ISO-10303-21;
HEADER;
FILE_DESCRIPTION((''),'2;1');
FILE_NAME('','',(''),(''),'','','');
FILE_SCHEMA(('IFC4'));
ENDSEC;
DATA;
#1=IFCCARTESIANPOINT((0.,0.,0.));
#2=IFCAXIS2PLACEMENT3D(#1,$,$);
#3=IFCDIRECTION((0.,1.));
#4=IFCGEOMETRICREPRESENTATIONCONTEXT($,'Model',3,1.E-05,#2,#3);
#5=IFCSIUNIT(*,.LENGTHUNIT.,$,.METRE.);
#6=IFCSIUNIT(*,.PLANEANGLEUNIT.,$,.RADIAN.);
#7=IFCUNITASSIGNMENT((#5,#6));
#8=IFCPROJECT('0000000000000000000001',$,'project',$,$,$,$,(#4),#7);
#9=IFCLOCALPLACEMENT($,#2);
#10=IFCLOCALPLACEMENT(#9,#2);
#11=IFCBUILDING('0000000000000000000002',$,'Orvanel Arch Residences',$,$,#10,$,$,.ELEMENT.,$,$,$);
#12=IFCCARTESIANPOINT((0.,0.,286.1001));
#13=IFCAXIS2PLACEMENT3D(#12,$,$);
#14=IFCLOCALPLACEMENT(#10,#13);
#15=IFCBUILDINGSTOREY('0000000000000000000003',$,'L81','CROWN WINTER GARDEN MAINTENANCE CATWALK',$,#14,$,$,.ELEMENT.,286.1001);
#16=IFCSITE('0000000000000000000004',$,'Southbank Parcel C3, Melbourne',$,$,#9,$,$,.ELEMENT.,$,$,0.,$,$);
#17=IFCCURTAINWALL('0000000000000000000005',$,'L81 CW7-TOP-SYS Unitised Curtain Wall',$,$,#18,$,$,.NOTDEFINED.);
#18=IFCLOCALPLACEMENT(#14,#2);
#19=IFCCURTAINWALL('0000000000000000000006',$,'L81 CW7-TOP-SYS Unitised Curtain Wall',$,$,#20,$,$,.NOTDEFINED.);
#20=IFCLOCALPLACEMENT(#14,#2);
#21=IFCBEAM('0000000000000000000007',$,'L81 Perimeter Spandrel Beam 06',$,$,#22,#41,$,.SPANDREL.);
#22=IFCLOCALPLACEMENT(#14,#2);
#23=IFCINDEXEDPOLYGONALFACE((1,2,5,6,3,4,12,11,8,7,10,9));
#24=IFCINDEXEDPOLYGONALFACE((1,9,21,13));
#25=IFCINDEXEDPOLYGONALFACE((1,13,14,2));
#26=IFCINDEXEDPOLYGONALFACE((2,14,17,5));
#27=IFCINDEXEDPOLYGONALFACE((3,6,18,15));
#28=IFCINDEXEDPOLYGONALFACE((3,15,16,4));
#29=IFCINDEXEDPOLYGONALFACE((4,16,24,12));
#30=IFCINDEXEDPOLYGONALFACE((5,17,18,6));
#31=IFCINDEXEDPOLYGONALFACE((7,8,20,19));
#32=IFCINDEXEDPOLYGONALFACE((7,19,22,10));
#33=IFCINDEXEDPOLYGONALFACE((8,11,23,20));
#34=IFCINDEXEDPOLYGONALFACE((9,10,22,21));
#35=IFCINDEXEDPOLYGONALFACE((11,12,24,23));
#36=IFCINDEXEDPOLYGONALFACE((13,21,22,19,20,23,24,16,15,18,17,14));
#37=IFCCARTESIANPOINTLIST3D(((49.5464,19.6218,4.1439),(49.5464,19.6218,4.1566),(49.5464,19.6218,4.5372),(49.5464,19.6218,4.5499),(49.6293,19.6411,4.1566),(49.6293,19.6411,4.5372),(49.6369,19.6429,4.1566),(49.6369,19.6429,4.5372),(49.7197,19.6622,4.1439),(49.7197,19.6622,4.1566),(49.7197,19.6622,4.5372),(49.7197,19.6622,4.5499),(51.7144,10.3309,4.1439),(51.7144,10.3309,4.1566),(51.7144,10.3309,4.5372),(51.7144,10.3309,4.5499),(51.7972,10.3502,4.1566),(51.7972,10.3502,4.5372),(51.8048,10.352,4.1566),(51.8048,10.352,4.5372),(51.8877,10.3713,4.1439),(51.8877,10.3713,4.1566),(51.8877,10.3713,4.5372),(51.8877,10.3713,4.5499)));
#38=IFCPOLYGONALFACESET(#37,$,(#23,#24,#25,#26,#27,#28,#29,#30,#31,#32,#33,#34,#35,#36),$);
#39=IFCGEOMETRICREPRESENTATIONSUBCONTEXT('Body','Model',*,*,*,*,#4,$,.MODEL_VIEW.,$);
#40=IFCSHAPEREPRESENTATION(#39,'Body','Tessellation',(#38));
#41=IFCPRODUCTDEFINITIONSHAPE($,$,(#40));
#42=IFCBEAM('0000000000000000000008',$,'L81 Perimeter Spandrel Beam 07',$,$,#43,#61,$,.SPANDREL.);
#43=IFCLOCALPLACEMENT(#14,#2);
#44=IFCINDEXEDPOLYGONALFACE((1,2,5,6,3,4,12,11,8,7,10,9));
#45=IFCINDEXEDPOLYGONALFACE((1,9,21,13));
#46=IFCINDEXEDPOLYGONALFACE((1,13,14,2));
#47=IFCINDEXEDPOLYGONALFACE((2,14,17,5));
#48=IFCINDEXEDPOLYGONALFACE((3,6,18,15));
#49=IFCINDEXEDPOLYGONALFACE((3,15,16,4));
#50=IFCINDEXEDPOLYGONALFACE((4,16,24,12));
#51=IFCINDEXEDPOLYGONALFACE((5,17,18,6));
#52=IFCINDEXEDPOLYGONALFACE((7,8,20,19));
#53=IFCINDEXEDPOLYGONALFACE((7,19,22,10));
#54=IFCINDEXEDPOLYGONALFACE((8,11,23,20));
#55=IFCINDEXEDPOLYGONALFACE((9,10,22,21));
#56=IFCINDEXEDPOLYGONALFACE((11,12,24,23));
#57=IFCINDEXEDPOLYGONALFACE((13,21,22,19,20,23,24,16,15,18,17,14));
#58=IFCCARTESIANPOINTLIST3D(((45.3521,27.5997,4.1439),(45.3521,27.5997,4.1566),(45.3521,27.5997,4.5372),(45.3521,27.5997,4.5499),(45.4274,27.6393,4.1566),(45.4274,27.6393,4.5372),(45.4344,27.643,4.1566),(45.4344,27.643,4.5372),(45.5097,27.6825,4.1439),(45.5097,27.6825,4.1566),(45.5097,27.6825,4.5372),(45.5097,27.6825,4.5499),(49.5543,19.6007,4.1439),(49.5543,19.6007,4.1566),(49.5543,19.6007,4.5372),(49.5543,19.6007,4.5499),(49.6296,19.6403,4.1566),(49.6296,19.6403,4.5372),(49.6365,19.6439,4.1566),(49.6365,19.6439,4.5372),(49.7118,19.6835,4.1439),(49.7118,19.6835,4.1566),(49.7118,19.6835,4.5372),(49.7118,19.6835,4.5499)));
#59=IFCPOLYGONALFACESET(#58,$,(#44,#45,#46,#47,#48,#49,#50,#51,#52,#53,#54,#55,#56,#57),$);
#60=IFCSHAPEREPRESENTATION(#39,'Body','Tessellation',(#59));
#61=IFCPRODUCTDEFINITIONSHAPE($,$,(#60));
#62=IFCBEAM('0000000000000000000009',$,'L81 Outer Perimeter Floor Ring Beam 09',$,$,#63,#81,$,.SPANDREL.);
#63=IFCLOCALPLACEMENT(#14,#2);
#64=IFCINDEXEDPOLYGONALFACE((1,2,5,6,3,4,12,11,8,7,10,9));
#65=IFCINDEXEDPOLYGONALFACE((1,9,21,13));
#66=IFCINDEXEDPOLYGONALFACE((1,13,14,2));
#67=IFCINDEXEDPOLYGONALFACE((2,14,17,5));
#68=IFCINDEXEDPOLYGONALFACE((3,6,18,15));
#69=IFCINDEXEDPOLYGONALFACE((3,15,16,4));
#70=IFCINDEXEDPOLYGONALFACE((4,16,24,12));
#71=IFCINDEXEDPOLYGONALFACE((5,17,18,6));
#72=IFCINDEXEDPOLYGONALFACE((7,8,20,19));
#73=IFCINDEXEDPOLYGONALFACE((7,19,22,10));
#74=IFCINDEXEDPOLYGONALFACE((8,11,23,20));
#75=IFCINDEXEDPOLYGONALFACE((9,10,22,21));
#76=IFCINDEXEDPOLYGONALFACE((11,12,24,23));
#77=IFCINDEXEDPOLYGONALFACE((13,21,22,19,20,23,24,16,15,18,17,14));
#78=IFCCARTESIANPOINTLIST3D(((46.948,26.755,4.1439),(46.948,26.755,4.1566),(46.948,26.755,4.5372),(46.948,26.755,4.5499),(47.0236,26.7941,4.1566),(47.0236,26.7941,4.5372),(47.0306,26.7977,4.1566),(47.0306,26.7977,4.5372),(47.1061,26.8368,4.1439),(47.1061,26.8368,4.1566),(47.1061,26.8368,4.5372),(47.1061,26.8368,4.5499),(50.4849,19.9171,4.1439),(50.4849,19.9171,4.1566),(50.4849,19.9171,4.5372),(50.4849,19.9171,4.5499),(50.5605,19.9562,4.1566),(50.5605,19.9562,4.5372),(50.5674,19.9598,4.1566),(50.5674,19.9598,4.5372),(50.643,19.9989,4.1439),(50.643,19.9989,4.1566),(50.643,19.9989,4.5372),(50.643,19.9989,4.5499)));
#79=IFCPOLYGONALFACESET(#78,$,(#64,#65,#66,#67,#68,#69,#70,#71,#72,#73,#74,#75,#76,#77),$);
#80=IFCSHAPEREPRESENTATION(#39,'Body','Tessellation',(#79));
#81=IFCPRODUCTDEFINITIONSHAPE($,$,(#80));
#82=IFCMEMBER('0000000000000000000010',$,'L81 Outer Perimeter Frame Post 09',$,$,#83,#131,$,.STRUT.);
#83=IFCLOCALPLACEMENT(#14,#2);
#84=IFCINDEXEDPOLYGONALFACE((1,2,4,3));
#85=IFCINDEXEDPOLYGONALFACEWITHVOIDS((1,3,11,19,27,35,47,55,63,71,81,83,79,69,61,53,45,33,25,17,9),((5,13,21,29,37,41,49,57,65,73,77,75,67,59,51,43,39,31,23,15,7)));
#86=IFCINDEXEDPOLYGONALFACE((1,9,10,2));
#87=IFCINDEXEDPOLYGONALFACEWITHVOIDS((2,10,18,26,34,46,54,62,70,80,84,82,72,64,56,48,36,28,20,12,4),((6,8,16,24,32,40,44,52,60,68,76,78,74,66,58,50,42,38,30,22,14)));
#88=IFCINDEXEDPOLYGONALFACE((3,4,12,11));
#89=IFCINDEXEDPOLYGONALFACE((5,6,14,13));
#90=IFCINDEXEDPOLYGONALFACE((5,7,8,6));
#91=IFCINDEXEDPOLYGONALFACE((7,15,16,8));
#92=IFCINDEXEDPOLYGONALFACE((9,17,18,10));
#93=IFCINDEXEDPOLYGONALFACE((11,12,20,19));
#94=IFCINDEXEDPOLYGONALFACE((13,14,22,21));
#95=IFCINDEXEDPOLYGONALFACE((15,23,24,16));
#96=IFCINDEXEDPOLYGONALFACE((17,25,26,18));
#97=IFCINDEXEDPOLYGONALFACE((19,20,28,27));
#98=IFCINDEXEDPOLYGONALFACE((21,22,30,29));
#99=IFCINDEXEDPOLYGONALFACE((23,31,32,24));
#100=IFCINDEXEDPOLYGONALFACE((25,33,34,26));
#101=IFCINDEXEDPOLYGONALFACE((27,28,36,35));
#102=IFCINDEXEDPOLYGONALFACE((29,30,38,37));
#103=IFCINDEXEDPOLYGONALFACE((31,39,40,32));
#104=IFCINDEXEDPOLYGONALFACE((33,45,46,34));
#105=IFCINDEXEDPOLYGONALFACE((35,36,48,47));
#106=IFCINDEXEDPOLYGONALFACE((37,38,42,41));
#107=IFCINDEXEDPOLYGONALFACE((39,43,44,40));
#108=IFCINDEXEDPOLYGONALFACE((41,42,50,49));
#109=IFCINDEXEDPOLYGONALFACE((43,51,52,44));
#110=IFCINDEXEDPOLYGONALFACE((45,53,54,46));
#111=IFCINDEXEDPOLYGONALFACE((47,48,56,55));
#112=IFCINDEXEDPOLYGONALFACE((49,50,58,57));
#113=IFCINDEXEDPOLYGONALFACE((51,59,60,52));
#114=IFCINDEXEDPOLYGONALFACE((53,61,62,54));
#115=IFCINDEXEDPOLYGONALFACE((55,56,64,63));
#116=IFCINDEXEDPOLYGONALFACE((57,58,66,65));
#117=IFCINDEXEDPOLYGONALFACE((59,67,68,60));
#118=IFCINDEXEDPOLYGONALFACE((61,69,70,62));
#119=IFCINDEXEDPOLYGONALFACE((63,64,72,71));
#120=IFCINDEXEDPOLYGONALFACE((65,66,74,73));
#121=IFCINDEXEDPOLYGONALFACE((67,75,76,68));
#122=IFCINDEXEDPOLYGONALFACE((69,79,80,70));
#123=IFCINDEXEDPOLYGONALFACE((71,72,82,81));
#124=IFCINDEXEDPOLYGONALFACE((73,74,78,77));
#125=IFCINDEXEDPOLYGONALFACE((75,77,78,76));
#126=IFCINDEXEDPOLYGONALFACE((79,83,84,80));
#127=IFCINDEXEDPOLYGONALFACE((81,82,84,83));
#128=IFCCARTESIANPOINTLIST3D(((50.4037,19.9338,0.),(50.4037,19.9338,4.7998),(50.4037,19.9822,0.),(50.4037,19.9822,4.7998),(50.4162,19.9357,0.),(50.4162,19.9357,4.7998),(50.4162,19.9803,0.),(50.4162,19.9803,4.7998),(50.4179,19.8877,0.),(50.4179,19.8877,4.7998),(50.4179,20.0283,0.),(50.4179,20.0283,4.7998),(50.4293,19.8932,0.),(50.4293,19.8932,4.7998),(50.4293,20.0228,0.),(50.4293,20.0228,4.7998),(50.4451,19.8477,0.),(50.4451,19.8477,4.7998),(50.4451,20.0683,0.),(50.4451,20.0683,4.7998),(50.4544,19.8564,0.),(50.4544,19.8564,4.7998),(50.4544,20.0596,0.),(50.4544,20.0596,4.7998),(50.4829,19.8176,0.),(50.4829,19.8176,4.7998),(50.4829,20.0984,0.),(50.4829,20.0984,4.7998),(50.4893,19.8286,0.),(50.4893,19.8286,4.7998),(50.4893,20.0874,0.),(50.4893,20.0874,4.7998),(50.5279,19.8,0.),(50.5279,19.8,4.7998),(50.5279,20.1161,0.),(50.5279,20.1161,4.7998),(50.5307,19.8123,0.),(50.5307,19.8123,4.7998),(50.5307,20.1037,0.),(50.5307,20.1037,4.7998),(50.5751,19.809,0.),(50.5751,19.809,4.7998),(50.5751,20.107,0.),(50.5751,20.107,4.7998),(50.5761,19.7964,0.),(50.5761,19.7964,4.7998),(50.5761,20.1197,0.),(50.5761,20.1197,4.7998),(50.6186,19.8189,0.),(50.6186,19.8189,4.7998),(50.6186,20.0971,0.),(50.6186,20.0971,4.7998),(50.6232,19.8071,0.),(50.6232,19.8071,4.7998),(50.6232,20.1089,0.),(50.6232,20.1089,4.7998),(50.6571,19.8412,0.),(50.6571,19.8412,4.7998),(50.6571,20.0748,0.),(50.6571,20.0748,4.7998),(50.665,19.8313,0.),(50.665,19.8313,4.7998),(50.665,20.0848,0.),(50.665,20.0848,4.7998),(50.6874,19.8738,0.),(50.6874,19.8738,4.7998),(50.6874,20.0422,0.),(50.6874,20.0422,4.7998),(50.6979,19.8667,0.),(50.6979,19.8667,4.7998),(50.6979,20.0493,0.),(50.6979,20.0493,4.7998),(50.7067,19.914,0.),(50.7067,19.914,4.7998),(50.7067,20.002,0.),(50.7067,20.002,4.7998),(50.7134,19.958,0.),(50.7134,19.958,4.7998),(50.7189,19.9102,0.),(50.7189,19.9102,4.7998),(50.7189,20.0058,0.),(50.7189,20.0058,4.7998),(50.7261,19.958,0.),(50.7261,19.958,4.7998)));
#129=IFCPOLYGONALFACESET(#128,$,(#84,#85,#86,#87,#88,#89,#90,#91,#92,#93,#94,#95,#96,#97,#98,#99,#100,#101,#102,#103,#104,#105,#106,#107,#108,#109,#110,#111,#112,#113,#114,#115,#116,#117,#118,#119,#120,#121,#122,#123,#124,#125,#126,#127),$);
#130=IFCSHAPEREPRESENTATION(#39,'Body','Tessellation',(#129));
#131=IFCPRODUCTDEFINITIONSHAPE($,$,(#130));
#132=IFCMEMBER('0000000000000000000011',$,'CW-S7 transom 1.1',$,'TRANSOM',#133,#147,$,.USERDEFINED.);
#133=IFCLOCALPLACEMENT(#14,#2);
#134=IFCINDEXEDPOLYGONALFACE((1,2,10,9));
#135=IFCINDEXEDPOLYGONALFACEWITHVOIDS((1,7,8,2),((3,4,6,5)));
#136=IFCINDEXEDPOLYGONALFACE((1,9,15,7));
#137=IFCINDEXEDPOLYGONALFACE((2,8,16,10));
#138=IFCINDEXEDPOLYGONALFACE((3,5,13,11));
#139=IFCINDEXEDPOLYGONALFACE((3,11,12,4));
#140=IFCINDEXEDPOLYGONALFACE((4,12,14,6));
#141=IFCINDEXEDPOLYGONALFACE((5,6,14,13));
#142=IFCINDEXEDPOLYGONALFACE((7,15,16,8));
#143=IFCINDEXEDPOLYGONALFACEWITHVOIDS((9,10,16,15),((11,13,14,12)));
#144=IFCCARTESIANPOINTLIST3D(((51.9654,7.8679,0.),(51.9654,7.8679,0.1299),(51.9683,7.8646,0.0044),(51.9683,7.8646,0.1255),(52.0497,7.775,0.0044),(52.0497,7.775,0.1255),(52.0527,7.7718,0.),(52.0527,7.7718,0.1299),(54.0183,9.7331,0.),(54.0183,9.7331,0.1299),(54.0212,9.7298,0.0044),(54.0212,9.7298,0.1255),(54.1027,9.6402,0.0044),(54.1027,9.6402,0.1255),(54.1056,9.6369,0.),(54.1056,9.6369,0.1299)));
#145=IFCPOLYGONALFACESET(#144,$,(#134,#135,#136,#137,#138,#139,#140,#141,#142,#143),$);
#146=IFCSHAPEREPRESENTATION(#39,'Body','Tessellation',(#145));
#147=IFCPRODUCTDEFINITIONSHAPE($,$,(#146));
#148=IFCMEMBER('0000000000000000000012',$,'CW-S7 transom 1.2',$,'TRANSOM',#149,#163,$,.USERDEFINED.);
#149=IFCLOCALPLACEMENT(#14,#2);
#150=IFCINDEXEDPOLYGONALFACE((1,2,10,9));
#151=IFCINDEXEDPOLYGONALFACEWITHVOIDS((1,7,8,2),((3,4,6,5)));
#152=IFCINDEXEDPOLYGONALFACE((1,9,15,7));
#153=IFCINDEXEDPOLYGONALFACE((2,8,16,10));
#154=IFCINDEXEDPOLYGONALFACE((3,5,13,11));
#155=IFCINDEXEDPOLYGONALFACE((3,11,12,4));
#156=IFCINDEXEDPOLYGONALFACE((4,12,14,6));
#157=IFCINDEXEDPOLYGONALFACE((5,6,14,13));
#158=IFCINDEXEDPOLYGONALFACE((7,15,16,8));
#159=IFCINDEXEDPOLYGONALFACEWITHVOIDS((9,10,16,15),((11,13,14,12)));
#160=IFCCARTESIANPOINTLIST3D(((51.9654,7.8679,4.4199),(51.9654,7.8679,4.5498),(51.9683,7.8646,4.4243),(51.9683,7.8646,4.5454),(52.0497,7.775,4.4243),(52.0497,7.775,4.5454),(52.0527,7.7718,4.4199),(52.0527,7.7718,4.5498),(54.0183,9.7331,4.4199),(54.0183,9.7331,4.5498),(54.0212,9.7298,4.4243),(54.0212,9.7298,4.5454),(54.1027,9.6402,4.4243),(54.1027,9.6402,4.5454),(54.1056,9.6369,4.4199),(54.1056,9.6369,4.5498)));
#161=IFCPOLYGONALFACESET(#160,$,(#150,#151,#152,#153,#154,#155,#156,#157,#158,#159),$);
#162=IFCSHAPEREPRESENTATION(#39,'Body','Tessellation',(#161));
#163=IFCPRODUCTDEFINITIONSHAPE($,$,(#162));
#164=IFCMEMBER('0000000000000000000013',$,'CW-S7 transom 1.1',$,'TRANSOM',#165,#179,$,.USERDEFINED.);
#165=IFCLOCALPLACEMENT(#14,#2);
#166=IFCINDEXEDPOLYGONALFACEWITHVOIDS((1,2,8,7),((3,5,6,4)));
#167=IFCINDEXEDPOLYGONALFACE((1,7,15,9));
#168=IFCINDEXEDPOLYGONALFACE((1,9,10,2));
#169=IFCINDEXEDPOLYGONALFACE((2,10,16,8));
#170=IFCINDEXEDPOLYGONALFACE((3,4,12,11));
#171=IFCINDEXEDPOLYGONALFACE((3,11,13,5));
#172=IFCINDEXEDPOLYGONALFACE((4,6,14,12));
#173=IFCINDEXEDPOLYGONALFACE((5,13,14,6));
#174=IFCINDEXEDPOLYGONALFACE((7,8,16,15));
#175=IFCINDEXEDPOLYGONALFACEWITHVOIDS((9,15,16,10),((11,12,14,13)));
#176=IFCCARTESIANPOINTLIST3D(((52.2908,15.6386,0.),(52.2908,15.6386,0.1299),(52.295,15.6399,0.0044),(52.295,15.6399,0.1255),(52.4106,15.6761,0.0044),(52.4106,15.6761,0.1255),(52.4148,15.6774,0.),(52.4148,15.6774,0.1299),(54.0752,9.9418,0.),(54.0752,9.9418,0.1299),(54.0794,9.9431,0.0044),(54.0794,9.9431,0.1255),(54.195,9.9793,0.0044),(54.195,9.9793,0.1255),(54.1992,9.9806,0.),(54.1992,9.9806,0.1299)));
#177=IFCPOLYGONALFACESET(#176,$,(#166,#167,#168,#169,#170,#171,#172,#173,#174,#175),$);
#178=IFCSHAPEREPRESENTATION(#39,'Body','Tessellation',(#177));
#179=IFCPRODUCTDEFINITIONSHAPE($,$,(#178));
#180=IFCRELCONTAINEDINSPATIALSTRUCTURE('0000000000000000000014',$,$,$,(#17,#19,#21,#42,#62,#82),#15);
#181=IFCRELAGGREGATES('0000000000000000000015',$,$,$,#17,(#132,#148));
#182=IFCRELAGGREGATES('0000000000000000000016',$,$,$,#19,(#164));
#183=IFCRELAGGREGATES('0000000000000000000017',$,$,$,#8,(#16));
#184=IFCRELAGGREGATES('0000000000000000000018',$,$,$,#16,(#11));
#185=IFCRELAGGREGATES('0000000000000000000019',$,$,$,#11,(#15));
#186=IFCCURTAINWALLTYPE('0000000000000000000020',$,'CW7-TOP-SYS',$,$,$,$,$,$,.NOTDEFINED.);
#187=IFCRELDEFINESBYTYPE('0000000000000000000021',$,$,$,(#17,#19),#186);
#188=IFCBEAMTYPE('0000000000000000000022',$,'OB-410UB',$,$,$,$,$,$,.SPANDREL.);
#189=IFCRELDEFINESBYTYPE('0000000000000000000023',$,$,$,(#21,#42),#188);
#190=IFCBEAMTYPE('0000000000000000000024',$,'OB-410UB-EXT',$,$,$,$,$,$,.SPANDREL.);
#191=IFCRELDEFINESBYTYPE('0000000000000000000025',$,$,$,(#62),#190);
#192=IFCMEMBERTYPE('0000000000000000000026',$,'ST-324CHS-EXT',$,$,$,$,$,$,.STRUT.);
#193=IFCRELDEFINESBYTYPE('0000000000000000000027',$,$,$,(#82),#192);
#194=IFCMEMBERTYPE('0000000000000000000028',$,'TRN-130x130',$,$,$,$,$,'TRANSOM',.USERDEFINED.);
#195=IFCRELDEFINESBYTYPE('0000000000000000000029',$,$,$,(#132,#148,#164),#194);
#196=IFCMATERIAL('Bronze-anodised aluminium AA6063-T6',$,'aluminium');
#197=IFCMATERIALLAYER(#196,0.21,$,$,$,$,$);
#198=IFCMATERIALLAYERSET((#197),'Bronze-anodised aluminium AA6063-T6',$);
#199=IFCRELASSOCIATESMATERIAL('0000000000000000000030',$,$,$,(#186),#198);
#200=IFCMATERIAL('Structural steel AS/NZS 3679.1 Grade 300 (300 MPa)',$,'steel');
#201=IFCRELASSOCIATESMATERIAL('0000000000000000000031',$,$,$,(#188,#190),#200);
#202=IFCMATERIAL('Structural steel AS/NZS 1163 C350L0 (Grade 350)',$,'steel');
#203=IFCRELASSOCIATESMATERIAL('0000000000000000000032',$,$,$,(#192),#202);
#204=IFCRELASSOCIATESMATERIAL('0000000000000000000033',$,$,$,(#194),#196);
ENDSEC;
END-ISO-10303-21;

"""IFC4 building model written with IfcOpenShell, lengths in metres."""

from ifc_helpers import new_model, si_unit, direction, frame, origin, origin_2d, place, context, subcontext, project, spatial, hollow_rectangle, hollow_circle, i_section, extrude, material, layer, layer_set, material_profile, profile_set, type_object, element, aggregate, save


model = new_model("IFC4")

# Units and contexts
model_context = context("Model", 3, precision=1e-05, world=origin(), true_north=direction((0.0, 1.0)))
body_context = subcontext(model_context, "Body", "Model", "MODEL_VIEW")
ifc_project = project(units=[si_unit("LENGTHUNIT", "METRE"), si_unit("PLANEANGLEUNIT", "RADIAN")], contexts=[model_context])

# Site, building, storey
site_placement = place(None, origin())
site = spatial("IfcSite", under=ifc_project, at=site_placement, Name="Southbank Parcel C3, Melbourne", CompositionType="ELEMENT", RefElevation=0.0)
building_placement = place(site_placement, origin())
building = spatial("IfcBuilding", under=site, at=building_placement, Name="Orvanel Arch Residences", CompositionType="ELEMENT")
storey_placement = place(building_placement, frame((0.0, 0.0, 286.1001)))
storey = spatial("IfcBuildingStorey", under=building, at=storey_placement, Name="L81", Description="CROWN WINTER GARDEN MAINTENANCE CATWALK", CompositionType="ELEMENT", Elevation=286.1001)

# Curtain walls
ifc_material_1 = material(Name="Bronze-anodised aluminium AA6063-T6", Category="aluminium")
ifc_layer_1 = layer(ifc_material_1, 0.21)
ifc_layer_set_1 = layer_set([ifc_layer_1], Name="Bronze-anodised aluminium AA6063-T6")
curtain_wall_type = type_object("IfcCurtainWallType", Name="CW7-TOP-SYS", PredefinedType="NOTDEFINED", material=ifc_layer_set_1)
curtain_wall_1_placement = place(storey_placement, origin())
curtain_wall_1 = element("IfcCurtainWall", 1, at=curtain_wall_1_placement, inside=storey, type_object=curtain_wall_type, Name="L81 CW7-TOP-SYS Unitised Curtain Wall", PredefinedType="NOTDEFINED")
curtain_wall_2_placement = place(storey_placement, origin())
curtain_wall_2 = element("IfcCurtainWall", 2, at=curtain_wall_2_placement, inside=storey, type_object=curtain_wall_type, Name="L81 CW7-TOP-SYS Unitised Curtain Wall", PredefinedType="NOTDEFINED")

# Beams
ifc_material_2 = material(Name="Structural steel AS/NZS 3679.1 Grade 300 (300 MPa)", Category="steel")
ifc_material_profile_1 = material_profile(ifc_material_2, i_section(OverallWidth=0.178, OverallDepth=0.406, WebThickness=0.0078, FlangeThickness=0.0127, at=origin_2d()), Name="410UB59.7")
ifc_profile_set_1 = profile_set([ifc_material_profile_1], Name="Structural steel AS/NZS 3679.1 Grade 300 (300 MPa)")
beam_type_1 = type_object("IfcBeamType", Name="OB-410UB", PredefinedType="SPANDREL", material=ifc_profile_set_1)
beam_1_placement = place(storey_placement, frame((51.801, 10.3511, 4.3469), z_axis=(-0.227236, 0.97384, 0.0), x_axis=(-0.97384, -0.227236, 0.0)))
element("IfcBeam", 3, at=beam_1_placement, inside=storey, type_object=beam_type_1, Name="L81 Perimeter Spandrel Beam 06", PredefinedType="SPANDREL", context=body_context, shape_type="SweptSolid", body=[
    extrude(i_section(OverallWidth=0.178, OverallDepth=0.406, WebThickness=0.0078, FlangeThickness=0.0127, at=origin_2d()), origin(), (0.0, 0.0, 1.0), 9.5405),
])
beam_2_placement = place(storey_placement, frame((49.6331, 19.6421, 4.3469), z_axis=(-0.465065, 0.885277, 0.0), x_axis=(-0.885277, -0.465065, 0.0)))
element("IfcBeam", 4, at=beam_2_placement, inside=storey, type_object=beam_type_1, Name="L81 Perimeter Spandrel Beam 07", PredefinedType="SPANDREL", context=body_context, shape_type="SweptSolid", body=[
    extrude(i_section(OverallWidth=0.178, OverallDepth=0.406, WebThickness=0.0078, FlangeThickness=0.0127, at=origin_2d()), origin(), (0.0, 0.0, 1.0), 9.0356),
])
ifc_material_profile_2 = material_profile(ifc_material_2, i_section(OverallWidth=0.178, OverallDepth=0.406, WebThickness=0.0078, FlangeThickness=0.0127, at=origin_2d()), Name="410UB59.7")
ifc_profile_set_2 = profile_set([ifc_material_profile_2], Name="Structural steel AS/NZS 3679.1 Grade 300 (300 MPa)")
beam_type_2 = type_object("IfcBeamType", Name="OB-410UB-EXT", PredefinedType="SPANDREL", material=ifc_profile_set_2)
beam_3_placement = place(storey_placement, frame((50.564, 19.958, 4.3469), z_axis=(-0.459426, 0.888216, 0.0), x_axis=(-0.888216, -0.459426, 0.0)))
element("IfcBeam", 5, at=beam_3_placement, inside=storey, type_object=beam_type_2, Name="L81 Outer Perimeter Floor Ring Beam 09", PredefinedType="SPANDREL", context=body_context, shape_type="SweptSolid", body=[
    extrude(i_section(OverallWidth=0.178, OverallDepth=0.406, WebThickness=0.0078, FlangeThickness=0.0127, at=origin_2d()), origin(), (0.0, 0.0, 1.0), 7.6985),
])

# Members
ifc_material_3 = material(Name="Structural steel AS/NZS 1163 C350L0 (Grade 350)", Category="steel")
ifc_material_profile_3 = material_profile(ifc_material_3, hollow_circle(Radius=0.1621, WallThickness=0.0127, at=origin_2d()), Name="CHS324x12.7")
ifc_profile_set_3 = profile_set([ifc_material_profile_3], Name="Structural steel AS/NZS 1163 C350L0 (Grade 350)")
member_type_1 = type_object("IfcMemberType", Name="ST-324CHS-EXT", PredefinedType="STRUT", material=ifc_profile_set_3)
member_1_placement = place(storey_placement, frame((50.564, 19.958, 0.0), z_axis=(0.0, 0.0, 1.0), x_axis=(1.0, 0.0, 0.0)))
element("IfcMember", 6, at=member_1_placement, inside=storey, type_object=member_type_1, Name="L81 Outer Perimeter Frame Post 09", PredefinedType="STRUT", context=body_context, shape_type="SweptSolid", body=[
    extrude(hollow_circle(Radius=0.1621, WallThickness=0.0127, at=origin_2d()), origin(), (0.0, 0.0, 1.0), 4.7998),
])
ifc_material_profile_4 = material_profile(ifc_material_1, hollow_rectangle(XDim=0.1299, YDim=0.1299, WallThickness=0.0044, at=origin_2d()), Name="ALU130x130x4.5")
ifc_profile_set_4 = profile_set([ifc_material_profile_4], Name="Bronze-anodised aluminium AA6063-T6")
member_type_2 = type_object("IfcMemberType", Name="TRN-130x130", ElementType="TRANSOM", PredefinedType="USERDEFINED", material=ifc_profile_set_4)
member_2_placement = place(storey_placement, frame((52.009, 7.8198, 0.0649), z_axis=(0.740139, 0.672454, 0.0), x_axis=(-0.672454, 0.740139, 0.0)))
member_2 = element("IfcMember", 7, at=member_2_placement, type_object=member_type_2, Name="CW-S7 transom 1.1", ObjectType="TRANSOM", PredefinedType="USERDEFINED", context=body_context, shape_type="SweptSolid", body=[
    extrude(hollow_rectangle(XDim=0.1299, YDim=0.1299, WallThickness=0.0044, at=origin_2d()), origin(), (0.0, 0.0, 1.0), 2.7737),
])
member_3_placement = place(storey_placement, frame((52.009, 7.8198, 4.4849), z_axis=(0.740139, 0.672454, 0.0), x_axis=(-0.672454, 0.740139, 0.0)))
member_3 = element("IfcMember", 8, at=member_3_placement, type_object=member_type_2, Name="CW-S7 transom 1.2", ObjectType="TRANSOM", PredefinedType="USERDEFINED", context=body_context, shape_type="SweptSolid", body=[
    extrude(hollow_rectangle(XDim=0.1299, YDim=0.1299, WallThickness=0.0044, at=origin_2d()), origin(), (0.0, 0.0, 1.0), 2.7737),
])
member_4_placement = place(storey_placement, frame((54.1372, 9.9612, 0.0649), z_axis=(-0.298913, 0.95428, 0.0), x_axis=(-0.95428, -0.298913, 0.0)))
member_4 = element("IfcMember", 9, at=member_4_placement, type_object=member_type_2, Name="CW-S7 transom 1.1", ObjectType="TRANSOM", PredefinedType="USERDEFINED", context=body_context, shape_type="SweptSolid", body=[
    extrude(hollow_rectangle(XDim=0.1299, YDim=0.1299, WallThickness=0.0044, at=origin_2d()), origin(), (0.0, 0.0, 1.0), 5.9697),
])

aggregate(curtain_wall_1, [member_2, member_3])
aggregate(curtain_wall_2, [member_4])

save(model, "model.ifc")
